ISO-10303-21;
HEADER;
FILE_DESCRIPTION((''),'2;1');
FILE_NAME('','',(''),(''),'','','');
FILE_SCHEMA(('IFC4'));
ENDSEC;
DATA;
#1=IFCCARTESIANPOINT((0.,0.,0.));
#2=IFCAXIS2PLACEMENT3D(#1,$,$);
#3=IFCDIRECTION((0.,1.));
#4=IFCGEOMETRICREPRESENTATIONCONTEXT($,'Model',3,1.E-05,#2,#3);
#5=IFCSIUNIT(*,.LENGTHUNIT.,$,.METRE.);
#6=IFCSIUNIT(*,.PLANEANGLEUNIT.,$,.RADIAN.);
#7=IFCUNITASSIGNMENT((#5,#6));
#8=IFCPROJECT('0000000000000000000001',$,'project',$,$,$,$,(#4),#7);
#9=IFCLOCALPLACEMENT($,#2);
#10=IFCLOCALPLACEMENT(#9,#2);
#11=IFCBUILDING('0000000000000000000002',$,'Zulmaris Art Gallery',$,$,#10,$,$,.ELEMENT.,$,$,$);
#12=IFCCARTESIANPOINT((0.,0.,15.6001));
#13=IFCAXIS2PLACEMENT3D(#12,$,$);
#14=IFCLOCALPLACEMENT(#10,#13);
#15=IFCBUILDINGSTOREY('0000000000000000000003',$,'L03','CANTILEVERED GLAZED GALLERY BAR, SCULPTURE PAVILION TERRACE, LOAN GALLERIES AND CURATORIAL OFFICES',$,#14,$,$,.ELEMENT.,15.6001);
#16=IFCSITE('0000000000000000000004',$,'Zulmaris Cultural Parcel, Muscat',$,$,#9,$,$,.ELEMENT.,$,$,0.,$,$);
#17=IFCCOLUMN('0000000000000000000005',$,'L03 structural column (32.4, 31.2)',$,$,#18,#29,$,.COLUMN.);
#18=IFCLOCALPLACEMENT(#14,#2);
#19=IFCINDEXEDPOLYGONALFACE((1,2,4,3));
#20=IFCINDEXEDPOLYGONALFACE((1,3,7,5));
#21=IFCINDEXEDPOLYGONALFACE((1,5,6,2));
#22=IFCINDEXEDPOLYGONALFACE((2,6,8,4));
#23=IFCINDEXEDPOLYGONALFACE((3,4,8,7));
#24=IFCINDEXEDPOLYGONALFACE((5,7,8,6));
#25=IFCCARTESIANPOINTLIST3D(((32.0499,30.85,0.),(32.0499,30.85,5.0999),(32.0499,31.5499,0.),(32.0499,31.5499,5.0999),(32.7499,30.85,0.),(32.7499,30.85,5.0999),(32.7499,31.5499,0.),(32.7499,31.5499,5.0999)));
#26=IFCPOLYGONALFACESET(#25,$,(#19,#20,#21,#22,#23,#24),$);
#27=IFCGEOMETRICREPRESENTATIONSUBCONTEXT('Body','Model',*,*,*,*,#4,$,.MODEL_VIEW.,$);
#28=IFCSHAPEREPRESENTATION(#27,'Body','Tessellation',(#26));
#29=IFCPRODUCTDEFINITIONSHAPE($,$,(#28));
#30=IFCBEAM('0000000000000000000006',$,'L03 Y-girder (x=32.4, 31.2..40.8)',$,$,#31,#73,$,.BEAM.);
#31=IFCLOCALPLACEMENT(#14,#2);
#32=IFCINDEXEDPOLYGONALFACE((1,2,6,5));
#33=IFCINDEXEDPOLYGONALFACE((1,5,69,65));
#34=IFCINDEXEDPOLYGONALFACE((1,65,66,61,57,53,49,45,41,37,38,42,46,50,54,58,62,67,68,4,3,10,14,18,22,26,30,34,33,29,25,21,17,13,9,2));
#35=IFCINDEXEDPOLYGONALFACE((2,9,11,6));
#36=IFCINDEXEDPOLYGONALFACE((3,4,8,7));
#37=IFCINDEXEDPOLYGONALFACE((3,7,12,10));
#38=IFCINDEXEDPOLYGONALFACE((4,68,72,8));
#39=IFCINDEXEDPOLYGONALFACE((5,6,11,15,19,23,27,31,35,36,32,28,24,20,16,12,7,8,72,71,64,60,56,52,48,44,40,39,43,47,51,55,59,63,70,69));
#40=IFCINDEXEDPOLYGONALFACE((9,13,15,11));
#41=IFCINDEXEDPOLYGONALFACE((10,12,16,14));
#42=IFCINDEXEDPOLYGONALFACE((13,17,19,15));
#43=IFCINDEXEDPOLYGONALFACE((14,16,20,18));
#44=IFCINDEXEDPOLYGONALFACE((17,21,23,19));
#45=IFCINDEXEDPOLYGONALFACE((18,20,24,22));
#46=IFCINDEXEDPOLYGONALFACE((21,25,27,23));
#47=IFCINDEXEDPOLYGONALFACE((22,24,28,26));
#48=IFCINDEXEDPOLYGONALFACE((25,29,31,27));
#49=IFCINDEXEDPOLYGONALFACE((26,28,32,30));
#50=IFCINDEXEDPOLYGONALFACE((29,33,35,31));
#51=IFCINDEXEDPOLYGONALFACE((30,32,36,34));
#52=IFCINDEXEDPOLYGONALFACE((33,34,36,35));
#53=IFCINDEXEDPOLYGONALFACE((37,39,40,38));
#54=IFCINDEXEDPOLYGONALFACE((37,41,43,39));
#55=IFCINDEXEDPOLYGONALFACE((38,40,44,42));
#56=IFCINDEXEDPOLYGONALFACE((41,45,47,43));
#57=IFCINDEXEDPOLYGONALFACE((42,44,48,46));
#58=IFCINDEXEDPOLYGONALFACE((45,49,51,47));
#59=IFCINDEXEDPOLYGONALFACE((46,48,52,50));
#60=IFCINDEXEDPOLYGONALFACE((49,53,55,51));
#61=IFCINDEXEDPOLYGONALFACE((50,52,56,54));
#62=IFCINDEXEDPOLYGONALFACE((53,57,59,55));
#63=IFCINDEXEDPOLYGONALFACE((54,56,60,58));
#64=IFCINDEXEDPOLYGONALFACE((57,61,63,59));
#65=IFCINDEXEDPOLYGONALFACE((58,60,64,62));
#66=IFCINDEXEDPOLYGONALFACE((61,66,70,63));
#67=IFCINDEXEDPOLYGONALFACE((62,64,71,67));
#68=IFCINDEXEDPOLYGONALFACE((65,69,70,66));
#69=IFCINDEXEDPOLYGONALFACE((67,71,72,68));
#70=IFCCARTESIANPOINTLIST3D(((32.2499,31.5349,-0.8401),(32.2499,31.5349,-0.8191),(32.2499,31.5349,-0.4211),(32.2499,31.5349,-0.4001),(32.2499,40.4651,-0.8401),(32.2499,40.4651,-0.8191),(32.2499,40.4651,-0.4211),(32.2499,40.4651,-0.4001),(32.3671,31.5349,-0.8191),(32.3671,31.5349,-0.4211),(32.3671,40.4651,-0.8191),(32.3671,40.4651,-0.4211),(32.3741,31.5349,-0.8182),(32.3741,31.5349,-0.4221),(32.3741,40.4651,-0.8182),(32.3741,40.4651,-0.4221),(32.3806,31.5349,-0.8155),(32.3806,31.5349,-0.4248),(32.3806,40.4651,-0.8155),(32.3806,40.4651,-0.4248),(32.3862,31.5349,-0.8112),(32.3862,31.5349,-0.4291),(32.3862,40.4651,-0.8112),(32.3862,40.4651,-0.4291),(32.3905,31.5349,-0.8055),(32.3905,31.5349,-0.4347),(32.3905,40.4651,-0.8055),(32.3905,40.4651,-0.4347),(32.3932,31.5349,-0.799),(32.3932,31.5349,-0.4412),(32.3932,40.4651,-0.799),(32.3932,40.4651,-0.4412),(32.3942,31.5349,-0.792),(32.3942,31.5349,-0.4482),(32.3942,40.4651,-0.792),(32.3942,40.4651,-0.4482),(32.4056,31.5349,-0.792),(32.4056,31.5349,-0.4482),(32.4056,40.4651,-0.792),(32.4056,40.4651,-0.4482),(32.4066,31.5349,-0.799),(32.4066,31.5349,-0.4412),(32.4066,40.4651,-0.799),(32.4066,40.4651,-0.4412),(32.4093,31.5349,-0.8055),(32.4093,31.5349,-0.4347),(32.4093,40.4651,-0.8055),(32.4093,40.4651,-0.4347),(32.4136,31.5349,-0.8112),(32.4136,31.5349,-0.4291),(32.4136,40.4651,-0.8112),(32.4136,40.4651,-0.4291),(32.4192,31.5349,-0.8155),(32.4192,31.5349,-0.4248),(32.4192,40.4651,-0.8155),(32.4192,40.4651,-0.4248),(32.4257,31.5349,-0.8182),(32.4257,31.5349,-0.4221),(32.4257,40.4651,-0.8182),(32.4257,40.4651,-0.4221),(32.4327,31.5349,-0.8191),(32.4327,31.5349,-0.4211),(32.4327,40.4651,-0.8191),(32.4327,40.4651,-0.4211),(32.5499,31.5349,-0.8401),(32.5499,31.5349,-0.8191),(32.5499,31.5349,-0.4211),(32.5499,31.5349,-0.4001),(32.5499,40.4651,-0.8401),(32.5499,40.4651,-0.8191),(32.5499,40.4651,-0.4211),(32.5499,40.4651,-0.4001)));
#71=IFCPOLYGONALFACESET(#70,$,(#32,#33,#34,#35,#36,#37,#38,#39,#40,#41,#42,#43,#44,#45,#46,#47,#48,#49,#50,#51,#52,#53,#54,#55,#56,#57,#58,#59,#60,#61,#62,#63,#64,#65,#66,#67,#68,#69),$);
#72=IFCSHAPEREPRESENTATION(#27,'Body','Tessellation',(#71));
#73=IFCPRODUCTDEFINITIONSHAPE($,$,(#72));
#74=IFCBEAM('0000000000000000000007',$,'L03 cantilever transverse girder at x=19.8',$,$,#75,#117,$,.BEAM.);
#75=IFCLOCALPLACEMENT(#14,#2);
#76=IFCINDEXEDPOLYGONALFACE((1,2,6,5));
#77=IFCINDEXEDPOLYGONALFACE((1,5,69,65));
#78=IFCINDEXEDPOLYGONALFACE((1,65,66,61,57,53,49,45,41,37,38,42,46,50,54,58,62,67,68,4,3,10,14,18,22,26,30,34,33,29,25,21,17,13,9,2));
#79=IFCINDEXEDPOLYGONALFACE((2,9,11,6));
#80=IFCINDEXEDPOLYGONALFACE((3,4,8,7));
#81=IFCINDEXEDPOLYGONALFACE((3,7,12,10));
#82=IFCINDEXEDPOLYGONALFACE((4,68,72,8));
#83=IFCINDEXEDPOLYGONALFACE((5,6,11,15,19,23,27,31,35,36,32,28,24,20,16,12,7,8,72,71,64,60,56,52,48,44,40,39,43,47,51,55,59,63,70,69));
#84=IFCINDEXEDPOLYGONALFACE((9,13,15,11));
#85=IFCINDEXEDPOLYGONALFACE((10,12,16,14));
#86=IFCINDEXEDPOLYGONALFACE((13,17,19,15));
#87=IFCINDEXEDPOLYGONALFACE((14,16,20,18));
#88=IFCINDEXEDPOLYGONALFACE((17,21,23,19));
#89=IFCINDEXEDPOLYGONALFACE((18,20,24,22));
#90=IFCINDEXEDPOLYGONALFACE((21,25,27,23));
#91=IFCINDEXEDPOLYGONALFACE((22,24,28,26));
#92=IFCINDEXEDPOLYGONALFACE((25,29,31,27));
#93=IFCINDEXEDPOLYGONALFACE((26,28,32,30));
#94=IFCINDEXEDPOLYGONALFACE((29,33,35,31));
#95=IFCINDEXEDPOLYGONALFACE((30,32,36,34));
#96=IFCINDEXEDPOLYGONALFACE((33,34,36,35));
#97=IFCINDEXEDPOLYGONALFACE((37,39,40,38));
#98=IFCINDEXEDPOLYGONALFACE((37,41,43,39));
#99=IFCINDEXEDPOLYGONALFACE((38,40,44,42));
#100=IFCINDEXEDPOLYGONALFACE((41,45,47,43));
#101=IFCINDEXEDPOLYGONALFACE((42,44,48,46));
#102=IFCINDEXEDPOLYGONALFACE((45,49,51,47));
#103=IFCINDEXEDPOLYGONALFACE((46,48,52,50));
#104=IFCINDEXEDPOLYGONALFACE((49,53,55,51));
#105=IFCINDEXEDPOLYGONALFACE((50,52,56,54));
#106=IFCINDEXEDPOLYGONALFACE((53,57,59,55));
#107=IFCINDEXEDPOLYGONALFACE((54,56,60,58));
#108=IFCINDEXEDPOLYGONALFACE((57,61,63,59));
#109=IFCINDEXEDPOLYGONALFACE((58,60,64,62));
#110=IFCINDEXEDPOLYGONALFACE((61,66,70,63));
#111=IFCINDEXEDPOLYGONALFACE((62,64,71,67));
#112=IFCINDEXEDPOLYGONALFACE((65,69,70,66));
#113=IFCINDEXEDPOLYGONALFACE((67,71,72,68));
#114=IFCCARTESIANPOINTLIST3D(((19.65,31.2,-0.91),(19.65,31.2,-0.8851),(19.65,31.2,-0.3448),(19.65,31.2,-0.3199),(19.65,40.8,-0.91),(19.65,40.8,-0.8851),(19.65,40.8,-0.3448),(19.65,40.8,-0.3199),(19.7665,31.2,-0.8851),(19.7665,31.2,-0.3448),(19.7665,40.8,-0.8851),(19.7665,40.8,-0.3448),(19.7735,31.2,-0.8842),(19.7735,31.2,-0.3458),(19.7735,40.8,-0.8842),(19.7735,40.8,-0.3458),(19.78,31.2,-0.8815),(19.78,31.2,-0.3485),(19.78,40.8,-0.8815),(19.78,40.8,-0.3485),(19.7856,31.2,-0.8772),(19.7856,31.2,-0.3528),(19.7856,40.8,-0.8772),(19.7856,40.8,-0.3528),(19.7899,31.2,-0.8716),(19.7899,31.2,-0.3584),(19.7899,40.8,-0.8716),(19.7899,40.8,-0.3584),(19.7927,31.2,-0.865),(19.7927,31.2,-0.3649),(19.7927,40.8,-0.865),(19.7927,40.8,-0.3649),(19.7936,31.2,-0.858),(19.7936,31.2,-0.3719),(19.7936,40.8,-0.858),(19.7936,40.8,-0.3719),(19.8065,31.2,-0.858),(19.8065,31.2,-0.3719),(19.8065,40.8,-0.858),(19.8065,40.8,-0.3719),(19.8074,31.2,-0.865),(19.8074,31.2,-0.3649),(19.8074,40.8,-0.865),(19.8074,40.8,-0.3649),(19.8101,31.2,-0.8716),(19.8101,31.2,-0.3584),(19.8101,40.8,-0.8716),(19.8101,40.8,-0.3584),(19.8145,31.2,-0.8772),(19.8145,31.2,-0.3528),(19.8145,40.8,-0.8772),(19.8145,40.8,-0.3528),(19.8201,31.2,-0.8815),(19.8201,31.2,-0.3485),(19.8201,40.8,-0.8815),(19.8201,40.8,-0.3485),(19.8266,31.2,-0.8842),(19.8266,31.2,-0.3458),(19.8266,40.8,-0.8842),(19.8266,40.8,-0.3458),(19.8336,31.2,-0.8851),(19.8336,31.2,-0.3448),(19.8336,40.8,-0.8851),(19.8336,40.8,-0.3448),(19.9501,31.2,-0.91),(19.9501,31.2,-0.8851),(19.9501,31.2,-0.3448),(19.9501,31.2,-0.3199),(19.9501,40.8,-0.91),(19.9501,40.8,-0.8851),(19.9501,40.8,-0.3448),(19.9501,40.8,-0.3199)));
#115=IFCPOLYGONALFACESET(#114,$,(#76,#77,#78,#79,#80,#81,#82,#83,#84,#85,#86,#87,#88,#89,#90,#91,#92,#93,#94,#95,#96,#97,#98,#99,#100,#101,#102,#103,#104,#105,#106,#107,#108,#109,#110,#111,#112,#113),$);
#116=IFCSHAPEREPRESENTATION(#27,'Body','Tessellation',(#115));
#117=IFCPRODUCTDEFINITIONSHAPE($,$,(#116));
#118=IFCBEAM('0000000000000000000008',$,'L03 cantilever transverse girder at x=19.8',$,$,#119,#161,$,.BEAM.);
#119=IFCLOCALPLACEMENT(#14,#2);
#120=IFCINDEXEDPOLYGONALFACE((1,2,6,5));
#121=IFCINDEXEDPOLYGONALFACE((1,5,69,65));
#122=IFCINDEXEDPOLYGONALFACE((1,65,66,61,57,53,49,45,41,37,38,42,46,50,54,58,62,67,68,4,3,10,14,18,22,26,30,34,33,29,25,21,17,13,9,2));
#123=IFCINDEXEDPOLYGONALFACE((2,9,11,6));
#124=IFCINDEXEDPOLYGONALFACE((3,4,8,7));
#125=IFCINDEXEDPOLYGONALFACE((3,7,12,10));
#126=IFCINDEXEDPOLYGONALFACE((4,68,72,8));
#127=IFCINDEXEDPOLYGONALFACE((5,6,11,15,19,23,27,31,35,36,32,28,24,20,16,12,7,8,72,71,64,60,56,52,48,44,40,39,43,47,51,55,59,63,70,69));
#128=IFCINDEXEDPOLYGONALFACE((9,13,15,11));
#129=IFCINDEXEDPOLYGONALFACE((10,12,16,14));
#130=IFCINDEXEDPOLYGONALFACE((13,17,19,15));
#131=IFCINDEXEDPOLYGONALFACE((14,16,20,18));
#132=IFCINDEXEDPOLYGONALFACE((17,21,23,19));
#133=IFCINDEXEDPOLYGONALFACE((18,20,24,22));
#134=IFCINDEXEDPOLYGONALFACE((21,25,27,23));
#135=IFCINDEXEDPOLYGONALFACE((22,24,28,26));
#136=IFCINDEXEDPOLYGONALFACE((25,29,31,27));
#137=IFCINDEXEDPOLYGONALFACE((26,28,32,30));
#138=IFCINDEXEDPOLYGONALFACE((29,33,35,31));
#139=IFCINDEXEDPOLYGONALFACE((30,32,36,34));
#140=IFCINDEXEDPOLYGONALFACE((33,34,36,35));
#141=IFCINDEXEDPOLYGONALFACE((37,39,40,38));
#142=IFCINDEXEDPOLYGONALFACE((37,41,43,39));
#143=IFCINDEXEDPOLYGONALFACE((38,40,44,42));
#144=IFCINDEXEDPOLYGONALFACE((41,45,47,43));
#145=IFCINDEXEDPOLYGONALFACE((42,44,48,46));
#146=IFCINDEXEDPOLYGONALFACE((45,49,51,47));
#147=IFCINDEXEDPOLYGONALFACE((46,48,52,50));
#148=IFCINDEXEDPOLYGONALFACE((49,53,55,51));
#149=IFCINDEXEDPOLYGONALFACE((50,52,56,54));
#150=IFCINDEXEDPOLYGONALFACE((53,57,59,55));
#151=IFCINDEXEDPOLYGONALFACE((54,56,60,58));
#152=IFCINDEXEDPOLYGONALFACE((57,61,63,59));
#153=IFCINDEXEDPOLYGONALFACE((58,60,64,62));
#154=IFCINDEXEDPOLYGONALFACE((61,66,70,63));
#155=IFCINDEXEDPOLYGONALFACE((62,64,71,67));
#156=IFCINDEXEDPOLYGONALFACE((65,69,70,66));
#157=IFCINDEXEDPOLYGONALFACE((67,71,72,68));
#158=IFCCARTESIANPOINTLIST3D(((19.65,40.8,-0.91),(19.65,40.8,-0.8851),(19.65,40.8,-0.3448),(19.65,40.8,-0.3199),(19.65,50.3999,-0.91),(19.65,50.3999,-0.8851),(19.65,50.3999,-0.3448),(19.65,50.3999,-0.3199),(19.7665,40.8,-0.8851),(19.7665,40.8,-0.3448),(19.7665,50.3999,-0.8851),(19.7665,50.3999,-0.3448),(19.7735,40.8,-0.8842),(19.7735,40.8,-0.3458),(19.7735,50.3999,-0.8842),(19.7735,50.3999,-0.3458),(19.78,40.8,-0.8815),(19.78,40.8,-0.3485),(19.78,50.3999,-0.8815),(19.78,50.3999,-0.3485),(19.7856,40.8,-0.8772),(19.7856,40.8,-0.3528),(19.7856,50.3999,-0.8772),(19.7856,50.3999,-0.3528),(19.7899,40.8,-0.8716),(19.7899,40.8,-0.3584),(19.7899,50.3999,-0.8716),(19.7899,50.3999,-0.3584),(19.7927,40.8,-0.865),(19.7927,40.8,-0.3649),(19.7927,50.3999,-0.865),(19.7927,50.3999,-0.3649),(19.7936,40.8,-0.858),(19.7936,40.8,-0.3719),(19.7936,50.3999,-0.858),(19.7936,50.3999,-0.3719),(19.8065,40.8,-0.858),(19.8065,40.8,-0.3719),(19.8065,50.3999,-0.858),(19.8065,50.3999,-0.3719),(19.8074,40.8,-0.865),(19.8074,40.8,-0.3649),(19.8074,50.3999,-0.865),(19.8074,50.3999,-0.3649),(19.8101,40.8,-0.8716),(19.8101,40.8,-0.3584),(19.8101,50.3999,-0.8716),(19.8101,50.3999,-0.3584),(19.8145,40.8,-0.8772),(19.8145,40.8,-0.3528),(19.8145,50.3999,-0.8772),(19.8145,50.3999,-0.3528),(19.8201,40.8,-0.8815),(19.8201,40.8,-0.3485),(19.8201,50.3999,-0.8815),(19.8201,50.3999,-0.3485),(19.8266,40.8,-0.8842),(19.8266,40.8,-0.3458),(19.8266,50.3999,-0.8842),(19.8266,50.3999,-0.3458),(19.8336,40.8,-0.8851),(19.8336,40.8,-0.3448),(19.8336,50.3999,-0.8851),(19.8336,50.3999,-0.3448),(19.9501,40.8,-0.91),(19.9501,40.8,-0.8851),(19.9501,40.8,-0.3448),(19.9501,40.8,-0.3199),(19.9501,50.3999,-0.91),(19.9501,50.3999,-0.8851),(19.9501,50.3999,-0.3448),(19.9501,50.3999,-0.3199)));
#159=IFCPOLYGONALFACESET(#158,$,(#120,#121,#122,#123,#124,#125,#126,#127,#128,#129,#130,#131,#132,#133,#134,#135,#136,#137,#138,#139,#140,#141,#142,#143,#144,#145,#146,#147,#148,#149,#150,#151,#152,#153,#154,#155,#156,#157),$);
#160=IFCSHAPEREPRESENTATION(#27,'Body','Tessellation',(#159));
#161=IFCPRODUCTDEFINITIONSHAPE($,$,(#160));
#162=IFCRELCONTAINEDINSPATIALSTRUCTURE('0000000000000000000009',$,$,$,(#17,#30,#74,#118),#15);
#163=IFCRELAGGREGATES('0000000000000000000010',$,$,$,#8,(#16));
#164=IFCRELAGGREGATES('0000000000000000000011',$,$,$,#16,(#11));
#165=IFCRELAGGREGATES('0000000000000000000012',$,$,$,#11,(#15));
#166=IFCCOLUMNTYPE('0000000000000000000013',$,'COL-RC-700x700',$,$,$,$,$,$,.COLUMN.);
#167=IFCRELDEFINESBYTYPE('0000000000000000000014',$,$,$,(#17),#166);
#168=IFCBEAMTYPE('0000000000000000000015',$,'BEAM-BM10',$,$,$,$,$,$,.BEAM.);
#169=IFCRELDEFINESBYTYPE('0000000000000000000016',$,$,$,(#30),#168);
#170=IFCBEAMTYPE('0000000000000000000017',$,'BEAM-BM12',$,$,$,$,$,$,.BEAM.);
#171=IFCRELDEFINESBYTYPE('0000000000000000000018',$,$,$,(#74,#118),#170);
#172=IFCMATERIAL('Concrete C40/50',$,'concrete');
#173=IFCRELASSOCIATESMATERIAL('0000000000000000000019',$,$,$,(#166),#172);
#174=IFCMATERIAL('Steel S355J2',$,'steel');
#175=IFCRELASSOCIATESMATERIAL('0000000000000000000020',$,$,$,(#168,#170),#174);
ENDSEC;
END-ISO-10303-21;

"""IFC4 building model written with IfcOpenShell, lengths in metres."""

from ifc_helpers import new_model, si_unit, direction, frame, origin, origin_2d, place, context, subcontext, project, spatial, rectangle, i_section, extrude, material, material_profile, profile_set, type_object, element, save


model = new_model("IFC4")

# Units and contexts
model_context = context("Model", 3, precision=1e-05, world=origin(), true_north=direction((0.0, 1.0)))
body_context = subcontext(model_context, "Body", "Model", "MODEL_VIEW")
ifc_project = project(units=[si_unit("LENGTHUNIT", "METRE"), si_unit("PLANEANGLEUNIT", "RADIAN")], contexts=[model_context])

# Site, building, storey
site_placement = place(None, origin())
site = spatial("IfcSite", under=ifc_project, at=site_placement, Name="Zulmaris Cultural Parcel, Muscat", CompositionType="ELEMENT", RefElevation=0.0)
building_placement = place(site_placement, origin())
building = spatial("IfcBuilding", under=site, at=building_placement, Name="Zulmaris Art Gallery", CompositionType="ELEMENT")
storey_placement = place(building_placement, frame((0.0, 0.0, 15.6001)))
storey = spatial("IfcBuildingStorey", under=building, at=storey_placement, Name="L03", Description="CANTILEVERED GLAZED GALLERY BAR, SCULPTURE PAVILION TERRACE, LOAN GALLERIES AND CURATORIAL OFFICES", CompositionType="ELEMENT", Elevation=15.6001)

# Column
ifc_material_1 = material(Name="Concrete C40/50", Category="concrete")
ifc_material_profile_1 = material_profile(ifc_material_1, rectangle(XDim=0.7, YDim=0.7, at=origin_2d()), Name="RC 700x700")
ifc_profile_set_1 = profile_set([ifc_material_profile_1], Name="Concrete C40/50")
column_type = type_object("IfcColumnType", Name="COL-RC-700x700", PredefinedType="COLUMN", material=ifc_profile_set_1)
column_placement = place(storey_placement, frame((32.3999, 31.2, 0.0), z_axis=(0.0, 0.0, 1.0), x_axis=(1.0, 0.0, 0.0)))
element("IfcColumn", 1, at=column_placement, inside=storey, type_object=column_type, Name="L03 structural column (32.4, 31.2)", PredefinedType="COLUMN", context=body_context, shape_type="SweptSolid", body=[
    extrude(rectangle(XDim=0.7, YDim=0.7, at=origin_2d()), origin(), (0.0, 0.0, 1.0), 5.0999),
])

# Beams
ifc_material_2 = material(Name="Steel S355J2", Category="steel")
ifc_material_profile_2 = material_profile(ifc_material_2, i_section(OverallWidth=0.3, OverallDepth=0.4399, WebThickness=0.0115, FlangeThickness=0.021, FilletRadius=0.0271, at=origin_2d()), Name="HEA 450")
ifc_profile_set_2 = profile_set([ifc_material_profile_2], Name="Steel S355J2")
beam_type_1 = type_object("IfcBeamType", Name="BEAM-BM10", PredefinedType="BEAM", material=ifc_profile_set_2)
beam_1_placement = place(storey_placement, frame((32.3999, 31.5349, -0.6201), z_axis=(0.0, 1.0, 0.0), x_axis=(-1.0, 0.0, 0.0)))
element("IfcBeam", 2, at=beam_1_placement, inside=storey, type_object=beam_type_1, Name="L03 Y-girder (x=32.4, 31.2..40.8)", PredefinedType="BEAM", context=body_context, shape_type="SweptSolid", body=[
    extrude(i_section(OverallWidth=0.3, OverallDepth=0.4399, WebThickness=0.0115, FlangeThickness=0.021, FilletRadius=0.0271, at=origin_2d()), origin(), (0.0, 0.0, 1.0), 8.9302),
])
ifc_material_profile_3 = material_profile(ifc_material_2, i_section(OverallWidth=0.3, OverallDepth=0.5901, WebThickness=0.0129, FlangeThickness=0.0249, FilletRadius=0.0271, at=origin_2d()), Name="HEA 600")
ifc_profile_set_3 = profile_set([ifc_material_profile_3], Name="Steel S355J2")
beam_type_2 = type_object("IfcBeamType", Name="BEAM-BM12", PredefinedType="BEAM", material=ifc_profile_set_3)
beam_2_placement = place(storey_placement, frame((19.8, 31.2, -0.615), z_axis=(0.0, 1.0, 0.0), x_axis=(-1.0, 0.0, 0.0)))
element("IfcBeam", 3, at=beam_2_placement, inside=storey, type_object=beam_type_2, Name="L03 cantilever transverse girder at x=19.8", PredefinedType="BEAM", context=body_context, shape_type="SweptSolid", body=[
    extrude(i_section(OverallWidth=0.3, OverallDepth=0.5901, WebThickness=0.0129, FlangeThickness=0.0249, FilletRadius=0.0271, at=origin_2d()), origin(), (0.0, 0.0, 1.0), 9.6001),
])
beam_3_placement = place(storey_placement, frame((19.8, 40.8, -0.615), z_axis=(0.0, 1.0, 0.0), x_axis=(-1.0, 0.0, 0.0)))
element("IfcBeam", 4, at=beam_3_placement, inside=storey, type_object=beam_type_2, Name="L03 cantilever transverse girder at x=19.8", PredefinedType="BEAM", context=body_context, shape_type="SweptSolid", body=[
    extrude(i_section(OverallWidth=0.3, OverallDepth=0.5901, WebThickness=0.0129, FlangeThickness=0.0249, FilletRadius=0.0271, at=origin_2d()), origin(), (0.0, 0.0, 1.0), 9.5999),
])

save(model, "model.ifc")
